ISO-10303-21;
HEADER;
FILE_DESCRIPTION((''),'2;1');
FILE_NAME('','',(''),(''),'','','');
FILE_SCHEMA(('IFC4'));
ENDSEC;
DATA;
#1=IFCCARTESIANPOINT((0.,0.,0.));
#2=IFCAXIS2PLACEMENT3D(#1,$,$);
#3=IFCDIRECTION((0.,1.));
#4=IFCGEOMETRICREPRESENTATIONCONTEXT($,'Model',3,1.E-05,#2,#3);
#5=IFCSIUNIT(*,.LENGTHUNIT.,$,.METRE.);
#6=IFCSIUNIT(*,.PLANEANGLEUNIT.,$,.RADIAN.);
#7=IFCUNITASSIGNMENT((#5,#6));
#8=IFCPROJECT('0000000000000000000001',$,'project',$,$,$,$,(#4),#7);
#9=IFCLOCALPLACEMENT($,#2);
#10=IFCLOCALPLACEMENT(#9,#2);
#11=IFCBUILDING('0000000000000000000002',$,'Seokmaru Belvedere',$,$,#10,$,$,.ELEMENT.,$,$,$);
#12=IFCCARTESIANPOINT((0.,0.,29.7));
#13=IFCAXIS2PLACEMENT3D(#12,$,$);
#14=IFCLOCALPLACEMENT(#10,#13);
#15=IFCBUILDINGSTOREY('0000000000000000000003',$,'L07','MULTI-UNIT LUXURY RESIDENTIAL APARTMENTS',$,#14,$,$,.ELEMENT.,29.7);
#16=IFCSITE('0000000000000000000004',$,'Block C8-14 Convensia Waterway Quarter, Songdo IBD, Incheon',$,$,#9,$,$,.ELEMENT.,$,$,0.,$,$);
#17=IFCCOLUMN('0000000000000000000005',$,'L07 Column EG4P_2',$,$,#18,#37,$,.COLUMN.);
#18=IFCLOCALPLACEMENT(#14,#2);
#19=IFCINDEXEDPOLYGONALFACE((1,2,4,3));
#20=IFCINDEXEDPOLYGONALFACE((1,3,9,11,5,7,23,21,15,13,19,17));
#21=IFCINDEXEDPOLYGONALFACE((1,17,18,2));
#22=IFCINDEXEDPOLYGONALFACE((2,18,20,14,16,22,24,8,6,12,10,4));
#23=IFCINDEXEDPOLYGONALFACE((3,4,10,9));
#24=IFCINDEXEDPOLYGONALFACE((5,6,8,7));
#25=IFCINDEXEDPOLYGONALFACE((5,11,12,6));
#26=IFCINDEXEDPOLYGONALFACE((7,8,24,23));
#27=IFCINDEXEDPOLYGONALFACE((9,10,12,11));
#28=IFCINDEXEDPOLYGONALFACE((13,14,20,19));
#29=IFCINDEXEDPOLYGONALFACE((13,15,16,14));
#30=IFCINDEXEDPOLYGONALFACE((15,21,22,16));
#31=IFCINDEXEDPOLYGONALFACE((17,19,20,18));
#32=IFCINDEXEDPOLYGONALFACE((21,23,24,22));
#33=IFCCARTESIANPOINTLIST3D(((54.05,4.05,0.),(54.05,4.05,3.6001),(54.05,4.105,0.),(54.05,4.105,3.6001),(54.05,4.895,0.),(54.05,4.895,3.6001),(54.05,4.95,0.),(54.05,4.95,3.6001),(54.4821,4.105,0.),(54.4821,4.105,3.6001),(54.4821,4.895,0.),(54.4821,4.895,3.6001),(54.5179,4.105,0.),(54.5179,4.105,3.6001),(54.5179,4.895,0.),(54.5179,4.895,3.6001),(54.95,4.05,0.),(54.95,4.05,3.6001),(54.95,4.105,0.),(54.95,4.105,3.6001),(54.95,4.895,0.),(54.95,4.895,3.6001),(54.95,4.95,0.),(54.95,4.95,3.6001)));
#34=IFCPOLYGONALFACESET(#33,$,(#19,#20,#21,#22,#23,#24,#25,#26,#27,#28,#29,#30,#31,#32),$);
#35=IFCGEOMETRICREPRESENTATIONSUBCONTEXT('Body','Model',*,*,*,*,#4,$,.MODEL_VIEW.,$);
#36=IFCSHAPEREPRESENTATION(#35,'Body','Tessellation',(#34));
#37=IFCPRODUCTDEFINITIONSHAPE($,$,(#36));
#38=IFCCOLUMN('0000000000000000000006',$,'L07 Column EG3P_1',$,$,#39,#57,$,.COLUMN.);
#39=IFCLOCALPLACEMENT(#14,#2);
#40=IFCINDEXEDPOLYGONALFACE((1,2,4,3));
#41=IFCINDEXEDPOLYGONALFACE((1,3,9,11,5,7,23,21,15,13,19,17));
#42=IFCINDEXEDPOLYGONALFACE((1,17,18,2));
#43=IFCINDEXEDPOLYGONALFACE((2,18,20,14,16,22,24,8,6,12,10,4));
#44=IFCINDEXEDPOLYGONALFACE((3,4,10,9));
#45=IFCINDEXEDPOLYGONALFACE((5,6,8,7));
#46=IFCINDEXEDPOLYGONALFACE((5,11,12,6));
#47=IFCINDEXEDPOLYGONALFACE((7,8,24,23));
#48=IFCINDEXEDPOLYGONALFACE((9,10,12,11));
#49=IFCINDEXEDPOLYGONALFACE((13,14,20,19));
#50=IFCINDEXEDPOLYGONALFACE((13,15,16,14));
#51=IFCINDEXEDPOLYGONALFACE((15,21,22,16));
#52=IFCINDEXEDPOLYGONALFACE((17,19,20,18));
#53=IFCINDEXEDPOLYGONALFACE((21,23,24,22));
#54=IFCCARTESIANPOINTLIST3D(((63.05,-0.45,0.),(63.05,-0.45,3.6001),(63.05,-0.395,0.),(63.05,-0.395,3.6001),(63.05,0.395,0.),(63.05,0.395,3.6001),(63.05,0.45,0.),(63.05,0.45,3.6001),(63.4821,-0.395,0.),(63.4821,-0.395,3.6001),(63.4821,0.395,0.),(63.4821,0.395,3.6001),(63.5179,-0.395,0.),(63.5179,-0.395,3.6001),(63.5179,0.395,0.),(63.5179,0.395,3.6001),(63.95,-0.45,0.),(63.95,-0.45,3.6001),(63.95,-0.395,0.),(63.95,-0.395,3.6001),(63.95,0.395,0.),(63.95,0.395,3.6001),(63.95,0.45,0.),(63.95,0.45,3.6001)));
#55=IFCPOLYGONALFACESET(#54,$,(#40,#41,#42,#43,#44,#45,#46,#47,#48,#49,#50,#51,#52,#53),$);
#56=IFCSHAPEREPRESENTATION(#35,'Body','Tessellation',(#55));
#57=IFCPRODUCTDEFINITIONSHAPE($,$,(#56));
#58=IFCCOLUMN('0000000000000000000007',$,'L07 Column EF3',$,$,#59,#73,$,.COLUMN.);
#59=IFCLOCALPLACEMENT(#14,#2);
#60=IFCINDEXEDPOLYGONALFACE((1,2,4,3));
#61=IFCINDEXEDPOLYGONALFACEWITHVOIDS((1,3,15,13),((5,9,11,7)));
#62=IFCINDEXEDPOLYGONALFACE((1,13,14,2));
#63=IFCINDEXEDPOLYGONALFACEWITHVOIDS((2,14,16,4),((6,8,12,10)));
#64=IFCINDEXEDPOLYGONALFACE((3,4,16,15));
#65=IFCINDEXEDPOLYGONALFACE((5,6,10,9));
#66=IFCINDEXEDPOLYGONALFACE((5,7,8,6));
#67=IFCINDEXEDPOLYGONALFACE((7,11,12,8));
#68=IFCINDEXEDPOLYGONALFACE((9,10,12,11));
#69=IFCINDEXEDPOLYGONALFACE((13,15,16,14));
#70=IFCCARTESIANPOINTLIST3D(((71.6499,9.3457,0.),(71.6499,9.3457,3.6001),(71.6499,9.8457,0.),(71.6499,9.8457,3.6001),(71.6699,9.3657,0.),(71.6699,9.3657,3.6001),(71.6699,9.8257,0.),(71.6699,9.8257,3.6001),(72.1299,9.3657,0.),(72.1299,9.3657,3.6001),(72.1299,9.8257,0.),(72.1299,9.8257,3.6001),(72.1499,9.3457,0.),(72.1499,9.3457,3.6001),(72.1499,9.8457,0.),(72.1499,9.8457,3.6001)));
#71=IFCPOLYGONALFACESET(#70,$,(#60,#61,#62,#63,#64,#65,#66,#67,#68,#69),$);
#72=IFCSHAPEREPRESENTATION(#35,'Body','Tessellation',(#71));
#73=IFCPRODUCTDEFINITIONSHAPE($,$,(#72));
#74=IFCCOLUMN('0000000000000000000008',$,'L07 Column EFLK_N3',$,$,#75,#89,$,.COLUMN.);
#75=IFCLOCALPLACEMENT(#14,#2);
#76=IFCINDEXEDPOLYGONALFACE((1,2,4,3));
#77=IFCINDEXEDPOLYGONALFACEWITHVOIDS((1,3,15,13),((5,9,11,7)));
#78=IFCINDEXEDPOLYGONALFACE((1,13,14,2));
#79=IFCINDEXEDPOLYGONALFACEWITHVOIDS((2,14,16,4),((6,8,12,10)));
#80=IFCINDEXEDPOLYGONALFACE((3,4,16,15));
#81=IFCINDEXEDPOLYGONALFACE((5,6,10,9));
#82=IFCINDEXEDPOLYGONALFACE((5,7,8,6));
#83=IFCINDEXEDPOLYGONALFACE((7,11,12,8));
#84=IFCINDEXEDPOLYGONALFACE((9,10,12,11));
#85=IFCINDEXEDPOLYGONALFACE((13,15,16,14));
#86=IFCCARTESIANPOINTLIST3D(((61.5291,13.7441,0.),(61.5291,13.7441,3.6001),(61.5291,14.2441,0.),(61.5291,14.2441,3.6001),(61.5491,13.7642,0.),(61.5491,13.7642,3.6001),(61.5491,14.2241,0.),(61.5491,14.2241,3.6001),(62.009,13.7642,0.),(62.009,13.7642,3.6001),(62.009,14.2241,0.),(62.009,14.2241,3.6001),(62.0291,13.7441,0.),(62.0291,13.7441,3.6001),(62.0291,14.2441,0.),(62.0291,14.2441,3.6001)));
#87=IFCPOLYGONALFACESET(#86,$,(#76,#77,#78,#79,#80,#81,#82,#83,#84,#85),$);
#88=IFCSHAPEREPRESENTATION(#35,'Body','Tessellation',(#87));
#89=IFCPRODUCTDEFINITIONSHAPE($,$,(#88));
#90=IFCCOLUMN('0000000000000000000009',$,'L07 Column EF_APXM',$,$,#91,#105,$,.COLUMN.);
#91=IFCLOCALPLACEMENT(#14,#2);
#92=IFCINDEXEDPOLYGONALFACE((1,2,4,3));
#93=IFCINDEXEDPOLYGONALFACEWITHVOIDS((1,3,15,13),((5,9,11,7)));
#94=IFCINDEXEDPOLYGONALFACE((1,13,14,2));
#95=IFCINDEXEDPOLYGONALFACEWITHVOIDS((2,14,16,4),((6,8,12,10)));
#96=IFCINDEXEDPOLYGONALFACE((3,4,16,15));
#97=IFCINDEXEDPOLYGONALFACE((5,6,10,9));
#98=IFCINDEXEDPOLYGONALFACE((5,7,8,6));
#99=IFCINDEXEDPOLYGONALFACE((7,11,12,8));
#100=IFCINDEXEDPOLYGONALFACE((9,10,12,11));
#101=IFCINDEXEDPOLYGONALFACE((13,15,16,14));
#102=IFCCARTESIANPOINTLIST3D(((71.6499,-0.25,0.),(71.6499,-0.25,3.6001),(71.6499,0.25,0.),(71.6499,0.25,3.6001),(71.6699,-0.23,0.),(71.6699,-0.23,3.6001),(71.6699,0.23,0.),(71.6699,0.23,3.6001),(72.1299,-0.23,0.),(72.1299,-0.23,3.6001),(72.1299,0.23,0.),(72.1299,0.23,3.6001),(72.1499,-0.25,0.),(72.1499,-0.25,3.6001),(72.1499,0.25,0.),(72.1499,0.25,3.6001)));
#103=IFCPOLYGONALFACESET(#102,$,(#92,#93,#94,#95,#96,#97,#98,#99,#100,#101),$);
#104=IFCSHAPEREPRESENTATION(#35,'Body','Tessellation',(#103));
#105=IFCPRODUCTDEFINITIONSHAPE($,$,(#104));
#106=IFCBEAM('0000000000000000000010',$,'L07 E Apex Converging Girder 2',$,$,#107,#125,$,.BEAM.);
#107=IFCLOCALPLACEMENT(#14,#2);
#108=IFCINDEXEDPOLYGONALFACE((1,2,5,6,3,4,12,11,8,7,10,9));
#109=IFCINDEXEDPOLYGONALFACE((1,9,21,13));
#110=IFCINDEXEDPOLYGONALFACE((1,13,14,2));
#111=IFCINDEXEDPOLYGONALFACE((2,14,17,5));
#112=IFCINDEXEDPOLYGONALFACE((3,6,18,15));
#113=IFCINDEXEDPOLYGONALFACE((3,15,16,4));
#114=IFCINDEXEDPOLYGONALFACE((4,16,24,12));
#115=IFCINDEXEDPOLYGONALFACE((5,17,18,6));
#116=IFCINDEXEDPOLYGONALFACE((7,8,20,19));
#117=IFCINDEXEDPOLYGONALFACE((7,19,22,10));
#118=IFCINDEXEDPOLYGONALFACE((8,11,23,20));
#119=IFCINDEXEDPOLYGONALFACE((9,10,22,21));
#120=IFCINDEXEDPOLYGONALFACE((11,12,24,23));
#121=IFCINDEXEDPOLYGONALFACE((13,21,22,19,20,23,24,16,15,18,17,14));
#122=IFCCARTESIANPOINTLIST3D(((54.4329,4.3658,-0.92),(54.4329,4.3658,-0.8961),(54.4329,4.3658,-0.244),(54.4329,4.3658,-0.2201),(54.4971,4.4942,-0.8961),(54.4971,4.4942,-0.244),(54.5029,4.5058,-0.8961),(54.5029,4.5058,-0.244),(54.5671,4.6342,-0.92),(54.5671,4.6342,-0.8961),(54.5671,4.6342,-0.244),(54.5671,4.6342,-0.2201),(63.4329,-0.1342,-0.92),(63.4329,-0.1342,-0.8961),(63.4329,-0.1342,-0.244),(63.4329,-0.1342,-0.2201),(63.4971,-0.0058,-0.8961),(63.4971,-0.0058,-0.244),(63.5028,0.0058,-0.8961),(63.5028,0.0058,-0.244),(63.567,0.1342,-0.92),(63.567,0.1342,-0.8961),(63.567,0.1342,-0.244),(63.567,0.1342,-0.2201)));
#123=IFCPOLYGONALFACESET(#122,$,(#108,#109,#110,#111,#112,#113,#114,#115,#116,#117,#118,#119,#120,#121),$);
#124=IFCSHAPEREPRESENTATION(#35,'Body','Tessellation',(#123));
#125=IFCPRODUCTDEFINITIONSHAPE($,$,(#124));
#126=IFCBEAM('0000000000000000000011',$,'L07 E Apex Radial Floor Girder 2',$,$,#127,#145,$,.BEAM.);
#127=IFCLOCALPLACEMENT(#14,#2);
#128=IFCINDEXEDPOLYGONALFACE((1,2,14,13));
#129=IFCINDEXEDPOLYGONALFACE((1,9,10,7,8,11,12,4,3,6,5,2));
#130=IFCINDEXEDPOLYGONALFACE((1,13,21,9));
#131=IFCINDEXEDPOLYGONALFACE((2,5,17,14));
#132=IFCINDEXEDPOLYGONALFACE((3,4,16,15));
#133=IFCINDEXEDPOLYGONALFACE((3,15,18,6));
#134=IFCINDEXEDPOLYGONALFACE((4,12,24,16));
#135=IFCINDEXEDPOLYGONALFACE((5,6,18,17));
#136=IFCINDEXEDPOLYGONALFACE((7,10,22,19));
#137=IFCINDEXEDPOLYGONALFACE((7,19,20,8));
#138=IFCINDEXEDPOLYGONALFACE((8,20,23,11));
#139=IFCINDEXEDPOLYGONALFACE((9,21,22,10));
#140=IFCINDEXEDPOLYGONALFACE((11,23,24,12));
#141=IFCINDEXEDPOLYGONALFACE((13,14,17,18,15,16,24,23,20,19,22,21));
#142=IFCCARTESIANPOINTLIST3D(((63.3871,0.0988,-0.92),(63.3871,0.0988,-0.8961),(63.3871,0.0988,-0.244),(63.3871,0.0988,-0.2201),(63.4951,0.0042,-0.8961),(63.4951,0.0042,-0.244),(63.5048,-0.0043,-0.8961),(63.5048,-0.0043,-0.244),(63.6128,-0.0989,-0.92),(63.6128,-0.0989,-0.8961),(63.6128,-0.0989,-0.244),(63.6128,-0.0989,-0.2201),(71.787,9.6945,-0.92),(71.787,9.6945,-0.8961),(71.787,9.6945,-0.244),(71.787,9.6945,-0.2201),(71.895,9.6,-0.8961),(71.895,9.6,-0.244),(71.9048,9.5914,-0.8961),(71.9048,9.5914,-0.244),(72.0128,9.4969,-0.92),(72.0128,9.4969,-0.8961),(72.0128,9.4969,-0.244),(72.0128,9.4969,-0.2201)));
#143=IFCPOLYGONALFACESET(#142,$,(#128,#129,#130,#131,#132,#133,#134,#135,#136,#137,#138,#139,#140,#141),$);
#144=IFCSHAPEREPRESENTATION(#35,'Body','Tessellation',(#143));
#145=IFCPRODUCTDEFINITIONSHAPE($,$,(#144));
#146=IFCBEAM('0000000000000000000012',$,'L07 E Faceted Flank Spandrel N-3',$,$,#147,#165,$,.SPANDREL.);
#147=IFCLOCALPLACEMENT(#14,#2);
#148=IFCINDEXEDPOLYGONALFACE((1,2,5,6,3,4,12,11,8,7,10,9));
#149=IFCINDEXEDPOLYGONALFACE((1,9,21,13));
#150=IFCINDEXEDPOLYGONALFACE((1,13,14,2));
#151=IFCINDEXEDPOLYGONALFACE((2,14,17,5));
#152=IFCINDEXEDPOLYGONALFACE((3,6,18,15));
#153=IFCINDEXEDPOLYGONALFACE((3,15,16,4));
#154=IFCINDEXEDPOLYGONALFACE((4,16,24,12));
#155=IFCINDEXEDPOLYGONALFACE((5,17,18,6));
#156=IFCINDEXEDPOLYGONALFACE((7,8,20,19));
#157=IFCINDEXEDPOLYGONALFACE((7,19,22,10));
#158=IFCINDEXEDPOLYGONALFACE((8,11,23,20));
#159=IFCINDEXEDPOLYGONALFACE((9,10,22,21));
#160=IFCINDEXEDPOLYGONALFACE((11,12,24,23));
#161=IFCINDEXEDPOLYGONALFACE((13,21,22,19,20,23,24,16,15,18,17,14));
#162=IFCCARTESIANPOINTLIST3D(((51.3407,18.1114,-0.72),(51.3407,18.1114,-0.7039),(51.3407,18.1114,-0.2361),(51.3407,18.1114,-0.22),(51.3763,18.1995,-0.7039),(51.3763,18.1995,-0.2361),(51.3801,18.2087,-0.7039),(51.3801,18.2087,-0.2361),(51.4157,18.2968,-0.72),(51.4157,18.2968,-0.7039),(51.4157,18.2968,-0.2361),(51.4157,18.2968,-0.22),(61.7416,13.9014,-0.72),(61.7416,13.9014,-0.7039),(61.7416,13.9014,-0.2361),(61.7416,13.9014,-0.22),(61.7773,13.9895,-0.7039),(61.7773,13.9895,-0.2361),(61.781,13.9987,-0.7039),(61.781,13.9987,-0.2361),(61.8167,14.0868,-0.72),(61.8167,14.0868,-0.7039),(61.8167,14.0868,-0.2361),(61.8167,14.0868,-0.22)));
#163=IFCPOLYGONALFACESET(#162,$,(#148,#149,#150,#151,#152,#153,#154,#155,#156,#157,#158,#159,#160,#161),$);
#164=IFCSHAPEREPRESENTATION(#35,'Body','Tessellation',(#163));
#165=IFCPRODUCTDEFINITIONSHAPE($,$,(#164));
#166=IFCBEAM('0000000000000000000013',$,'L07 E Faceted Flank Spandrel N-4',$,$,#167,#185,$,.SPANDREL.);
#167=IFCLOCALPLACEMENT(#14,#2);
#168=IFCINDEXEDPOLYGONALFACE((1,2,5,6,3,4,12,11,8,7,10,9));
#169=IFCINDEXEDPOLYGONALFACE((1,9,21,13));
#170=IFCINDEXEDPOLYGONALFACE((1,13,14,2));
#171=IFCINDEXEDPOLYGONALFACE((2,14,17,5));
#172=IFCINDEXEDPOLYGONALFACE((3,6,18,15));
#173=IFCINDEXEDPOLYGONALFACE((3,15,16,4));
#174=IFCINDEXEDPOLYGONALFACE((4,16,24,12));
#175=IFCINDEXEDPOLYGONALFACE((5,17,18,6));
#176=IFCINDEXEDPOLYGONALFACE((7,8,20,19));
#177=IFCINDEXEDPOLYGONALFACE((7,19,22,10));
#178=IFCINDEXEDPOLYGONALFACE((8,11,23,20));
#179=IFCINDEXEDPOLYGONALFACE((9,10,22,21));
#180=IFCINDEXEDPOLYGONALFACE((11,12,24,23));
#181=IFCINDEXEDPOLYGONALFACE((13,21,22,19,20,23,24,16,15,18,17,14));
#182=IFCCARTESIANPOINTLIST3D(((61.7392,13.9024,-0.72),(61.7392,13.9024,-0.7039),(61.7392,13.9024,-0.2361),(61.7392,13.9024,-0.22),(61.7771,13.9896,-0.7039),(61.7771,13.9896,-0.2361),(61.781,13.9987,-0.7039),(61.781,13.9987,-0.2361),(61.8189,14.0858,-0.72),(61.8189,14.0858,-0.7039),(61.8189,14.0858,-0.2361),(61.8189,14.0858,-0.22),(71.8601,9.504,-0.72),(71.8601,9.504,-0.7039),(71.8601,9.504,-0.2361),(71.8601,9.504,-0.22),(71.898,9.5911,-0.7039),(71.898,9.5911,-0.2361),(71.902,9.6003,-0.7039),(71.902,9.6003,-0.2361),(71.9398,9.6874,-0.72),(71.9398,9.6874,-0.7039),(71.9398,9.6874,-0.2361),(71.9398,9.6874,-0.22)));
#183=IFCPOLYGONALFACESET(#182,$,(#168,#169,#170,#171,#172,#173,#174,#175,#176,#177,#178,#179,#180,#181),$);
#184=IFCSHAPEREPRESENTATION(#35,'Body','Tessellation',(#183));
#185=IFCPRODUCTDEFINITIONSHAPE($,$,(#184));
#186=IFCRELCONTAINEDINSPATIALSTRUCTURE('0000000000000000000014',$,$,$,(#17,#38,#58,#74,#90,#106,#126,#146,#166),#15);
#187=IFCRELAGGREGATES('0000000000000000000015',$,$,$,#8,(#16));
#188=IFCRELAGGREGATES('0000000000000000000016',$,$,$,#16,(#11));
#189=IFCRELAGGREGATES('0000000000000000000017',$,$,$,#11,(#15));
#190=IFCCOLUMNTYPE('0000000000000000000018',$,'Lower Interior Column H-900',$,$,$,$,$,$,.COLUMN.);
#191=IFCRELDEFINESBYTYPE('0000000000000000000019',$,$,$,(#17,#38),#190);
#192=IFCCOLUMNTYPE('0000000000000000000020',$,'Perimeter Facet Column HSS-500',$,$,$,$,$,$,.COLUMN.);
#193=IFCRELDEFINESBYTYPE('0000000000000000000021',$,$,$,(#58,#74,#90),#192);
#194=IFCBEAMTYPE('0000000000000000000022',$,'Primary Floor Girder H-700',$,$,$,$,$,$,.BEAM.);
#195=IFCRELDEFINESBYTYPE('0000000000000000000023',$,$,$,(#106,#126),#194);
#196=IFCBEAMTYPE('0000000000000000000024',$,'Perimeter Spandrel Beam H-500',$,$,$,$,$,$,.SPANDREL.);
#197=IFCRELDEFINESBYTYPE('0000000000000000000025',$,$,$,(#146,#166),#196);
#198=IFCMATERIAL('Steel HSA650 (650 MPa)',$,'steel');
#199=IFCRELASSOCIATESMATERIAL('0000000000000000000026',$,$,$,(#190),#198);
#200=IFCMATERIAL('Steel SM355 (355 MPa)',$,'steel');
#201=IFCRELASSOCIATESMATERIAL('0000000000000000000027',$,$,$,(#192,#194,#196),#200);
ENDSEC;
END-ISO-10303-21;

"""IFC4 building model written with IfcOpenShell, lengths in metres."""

from ifc_helpers import new_model, si_unit, direction, frame, origin, origin_2d, place, context, subcontext, project, spatial, hollow_rectangle, i_section, extrude, source, transform, mapped, material, material_profile, profile_set, type_object, type_shapes, element, save


model = new_model("IFC4")

# Units and contexts
model_context = context("Model", 3, precision=1e-05, world=origin(), true_north=direction((0.0, 1.0)))
body_context = subcontext(model_context, "Body", "Model", "MODEL_VIEW")
ifc_project = project(units=[si_unit("LENGTHUNIT", "METRE"), si_unit("PLANEANGLEUNIT", "RADIAN")], contexts=[model_context])

# Site, building, storey
site_placement = place(None, origin())
site = spatial("IfcSite", under=ifc_project, at=site_placement, Name="Block C8-14 Convensia Waterway Quarter, Songdo IBD, Incheon", CompositionType="ELEMENT", RefElevation=0.0)
building_placement = place(site_placement, origin())
building = spatial("IfcBuilding", under=site, at=building_placement, Name="Seokmaru Belvedere", CompositionType="ELEMENT")
storey_placement = place(building_placement, frame((0.0, 0.0, 29.7)))
storey = spatial("IfcBuildingStorey", under=building, at=storey_placement, Name="L07", Description="MULTI-UNIT LUXURY RESIDENTIAL APARTMENTS", CompositionType="ELEMENT", Elevation=29.7)

# Columns
ifc_material_1 = material(Name="Steel HSA650 (650 MPa)", Category="steel")
ifc_material_profile_1 = material_profile(ifc_material_1, i_section(OverallWidth=0.8999, OverallDepth=0.8999, WebThickness=0.0359, FlangeThickness=0.0549, at=origin_2d()), Name="H-900x900x36x55")
ifc_profile_set_1 = profile_set([ifc_material_profile_1], Name="Steel HSA650 (650 MPa)")
column_type_1 = type_object("IfcColumnType", Name="Lower Interior Column H-900", PredefinedType="COLUMN", material=ifc_profile_set_1)
shared_shape_1 = source(origin(), body_context, "Body", "SweptSolid", [
    extrude(i_section(OverallWidth=0.8999, OverallDepth=0.8999, WebThickness=0.0359, FlangeThickness=0.0549, at=origin_2d()), origin(), (0.0, 0.0, 1.0), 3.6001),
])
type_shapes(column_type_1, [shared_shape_1])
for number, where, z_axis, x_axis, name in (
    (1, (54.5, 4.5, 0.0), (0.0, 0.0, 1.0), (1.0, 0.0, 0.0), "L07 Column EG4P_2"),
    (2, (63.5, 0.0, 0.0), (0.0, 0.0, 1.0), (1.0, 0.0, 0.0), "L07 Column EG3P_1"),
):
    element("IfcColumn", number, at=place(storey_placement, frame(where, z_axis=z_axis, x_axis=x_axis)), inside=storey, type_object=column_type_1, Name=name, PredefinedType="COLUMN", context=body_context, shape_type="MappedRepresentation", body=[
        mapped(shared_shape_1, transform((0.0, 0.0, 0.0), scale=1.0)),
    ])
ifc_material_2 = material(Name="Steel SM355 (355 MPa)", Category="steel")
ifc_material_profile_2 = material_profile(ifc_material_2, hollow_rectangle(XDim=0.5, YDim=0.5, WallThickness=0.02, at=origin_2d()), Name="HSS-500x500x20")
ifc_profile_set_2 = profile_set([ifc_material_profile_2], Name="Steel SM355 (355 MPa)")
column_type_2 = type_object("IfcColumnType", Name="Perimeter Facet Column HSS-500", PredefinedType="COLUMN", material=ifc_profile_set_2)
shared_shape_2 = source(origin(), body_context, "Body", "SweptSolid", [
    extrude(hollow_rectangle(XDim=0.5, YDim=0.5, WallThickness=0.02, at=origin_2d()), origin(), (0.0, 0.0, 1.0), 3.6001),
])
type_shapes(column_type_2, [shared_shape_2])
for number, where, z_axis, x_axis, name in (
    (3, (71.8999, 9.5957, 0.0), (0.0, 0.0, 1.0), (1.0, 0.0, 0.0), "L07 Column EF3"),
    (4, (61.7791, 13.9941, 0.0), (0.0, 0.0, 1.0), (1.0, 0.0, 0.0), "L07 Column EFLK_N3"),
    (5, (71.8999, 0.0, 0.0), (0.0, 0.0, 1.0), (1.0, 0.0, 0.0), "L07 Column EF_APXM"),
):
    element("IfcColumn", number, at=place(storey_placement, frame(where, z_axis=z_axis, x_axis=x_axis)), inside=storey, type_object=column_type_2, Name=name, PredefinedType="COLUMN", context=body_context, shape_type="MappedRepresentation", body=[
        mapped(shared_shape_2, transform((0.0, 0.0, 0.0), scale=1.0)),
    ])

# Beams
ifc_material_profile_3 = material_profile(ifc_material_2, i_section(OverallWidth=0.3, OverallDepth=0.7, WebThickness=0.0129, FlangeThickness=0.0239, at=origin_2d()), Name="H-700x300x13x24")
ifc_profile_set_3 = profile_set([ifc_material_profile_3], Name="Steel SM355 (355 MPa)")
beam_type_1 = type_object("IfcBeamType", Name="Primary Floor Girder H-700", PredefinedType="BEAM", material=ifc_profile_set_3)
shared_shape_3 = source(origin(), body_context, "Body", "SweptSolid", [
    extrude(i_section(OverallWidth=0.3, OverallDepth=0.7, WebThickness=0.0129, FlangeThickness=0.0239, at=origin_2d()), origin(), (0.0, 0.0, 1.0), 10.0623),
])
beam_1_placement = place(storey_placement, frame((54.5, 4.5, -0.5701), z_axis=(0.894427, -0.447214, 0.0), x_axis=(0.447214, 0.894427, 0.0)))
element("IfcBeam", 6, at=beam_1_placement, inside=storey, type_object=beam_type_1, Name="L07 E Apex Converging Girder 2", PredefinedType="BEAM", context=body_context, shape_type="MappedRepresentation", body=[
    mapped(shared_shape_3, transform((0.0, 0.0, 0.0), scale=1.0)),
])
shared_shape_4 = source(origin(), body_context, "Body", "SweptSolid", [
    extrude(i_section(OverallWidth=0.3, OverallDepth=0.7, WebThickness=0.0129, FlangeThickness=0.0239, at=origin_2d()), origin(), (0.0, 0.0, 1.0), 12.7529),
])
beam_2_placement = place(storey_placement, frame((71.8999, 9.5957, -0.5701), z_axis=(-0.658667, -0.752434, 0.0), x_axis=(0.752434, -0.658667, 0.0)))
element("IfcBeam", 7, at=beam_2_placement, inside=storey, type_object=beam_type_1, Name="L07 E Apex Radial Floor Girder 2", PredefinedType="BEAM", context=body_context, shape_type="MappedRepresentation", body=[
    mapped(shared_shape_4, transform((0.0, 0.0, 0.0), scale=1.0)),
])
ifc_material_profile_4 = material_profile(ifc_material_2, i_section(OverallWidth=0.2, OverallDepth=0.5, WebThickness=0.01, FlangeThickness=0.0161, at=origin_2d()), Name="H-500x200x10x16")
ifc_profile_set_4 = profile_set([ifc_material_profile_4], Name="Steel SM355 (355 MPa)")
beam_type_2 = type_object("IfcBeamType", Name="Perimeter Spandrel Beam H-500", PredefinedType="SPANDREL", material=ifc_profile_set_4)
shared_shape_5 = source(origin(), body_context, "Body", "SweptSolid", [
    extrude(i_section(OverallWidth=0.2, OverallDepth=0.5, WebThickness=0.01, FlangeThickness=0.0161, at=origin_2d()), origin(), (0.0, 0.0, 1.0), 11.2207),
])
beam_3_placement = place(storey_placement, frame((51.3782, 18.2041, -0.47), z_axis=(0.926944, -0.375199, 0.0), x_axis=(0.375199, 0.926944, 0.0)))
element("IfcBeam", 8, at=beam_3_placement, inside=storey, type_object=beam_type_2, Name="L07 E Faceted Flank Spandrel N-3", PredefinedType="SPANDREL", context=body_context, shape_type="MappedRepresentation", body=[
    mapped(shared_shape_5, transform((0.0, 0.0, 0.0), scale=1.0)),
])
shared_shape_6 = source(origin(), body_context, "Body", "SweptSolid", [
    extrude(i_section(OverallWidth=0.2, OverallDepth=0.5, WebThickness=0.01, FlangeThickness=0.0161, at=origin_2d()), origin(), (0.0, 0.0, 1.0), 11.0354),
])
beam_4_placement = place(storey_placement, frame((61.7791, 13.9941, -0.47), z_axis=(0.917134, -0.398579, 0.0), x_axis=(0.398579, 0.917134, 0.0)))
element("IfcBeam", 9, at=beam_4_placement, inside=storey, type_object=beam_type_2, Name="L07 E Faceted Flank Spandrel N-4", PredefinedType="SPANDREL", context=body_context, shape_type="MappedRepresentation", body=[
    mapped(shared_shape_6, transform((0.0, 0.0, 0.0), scale=1.0)),
])

save(model, "model.ifc")
